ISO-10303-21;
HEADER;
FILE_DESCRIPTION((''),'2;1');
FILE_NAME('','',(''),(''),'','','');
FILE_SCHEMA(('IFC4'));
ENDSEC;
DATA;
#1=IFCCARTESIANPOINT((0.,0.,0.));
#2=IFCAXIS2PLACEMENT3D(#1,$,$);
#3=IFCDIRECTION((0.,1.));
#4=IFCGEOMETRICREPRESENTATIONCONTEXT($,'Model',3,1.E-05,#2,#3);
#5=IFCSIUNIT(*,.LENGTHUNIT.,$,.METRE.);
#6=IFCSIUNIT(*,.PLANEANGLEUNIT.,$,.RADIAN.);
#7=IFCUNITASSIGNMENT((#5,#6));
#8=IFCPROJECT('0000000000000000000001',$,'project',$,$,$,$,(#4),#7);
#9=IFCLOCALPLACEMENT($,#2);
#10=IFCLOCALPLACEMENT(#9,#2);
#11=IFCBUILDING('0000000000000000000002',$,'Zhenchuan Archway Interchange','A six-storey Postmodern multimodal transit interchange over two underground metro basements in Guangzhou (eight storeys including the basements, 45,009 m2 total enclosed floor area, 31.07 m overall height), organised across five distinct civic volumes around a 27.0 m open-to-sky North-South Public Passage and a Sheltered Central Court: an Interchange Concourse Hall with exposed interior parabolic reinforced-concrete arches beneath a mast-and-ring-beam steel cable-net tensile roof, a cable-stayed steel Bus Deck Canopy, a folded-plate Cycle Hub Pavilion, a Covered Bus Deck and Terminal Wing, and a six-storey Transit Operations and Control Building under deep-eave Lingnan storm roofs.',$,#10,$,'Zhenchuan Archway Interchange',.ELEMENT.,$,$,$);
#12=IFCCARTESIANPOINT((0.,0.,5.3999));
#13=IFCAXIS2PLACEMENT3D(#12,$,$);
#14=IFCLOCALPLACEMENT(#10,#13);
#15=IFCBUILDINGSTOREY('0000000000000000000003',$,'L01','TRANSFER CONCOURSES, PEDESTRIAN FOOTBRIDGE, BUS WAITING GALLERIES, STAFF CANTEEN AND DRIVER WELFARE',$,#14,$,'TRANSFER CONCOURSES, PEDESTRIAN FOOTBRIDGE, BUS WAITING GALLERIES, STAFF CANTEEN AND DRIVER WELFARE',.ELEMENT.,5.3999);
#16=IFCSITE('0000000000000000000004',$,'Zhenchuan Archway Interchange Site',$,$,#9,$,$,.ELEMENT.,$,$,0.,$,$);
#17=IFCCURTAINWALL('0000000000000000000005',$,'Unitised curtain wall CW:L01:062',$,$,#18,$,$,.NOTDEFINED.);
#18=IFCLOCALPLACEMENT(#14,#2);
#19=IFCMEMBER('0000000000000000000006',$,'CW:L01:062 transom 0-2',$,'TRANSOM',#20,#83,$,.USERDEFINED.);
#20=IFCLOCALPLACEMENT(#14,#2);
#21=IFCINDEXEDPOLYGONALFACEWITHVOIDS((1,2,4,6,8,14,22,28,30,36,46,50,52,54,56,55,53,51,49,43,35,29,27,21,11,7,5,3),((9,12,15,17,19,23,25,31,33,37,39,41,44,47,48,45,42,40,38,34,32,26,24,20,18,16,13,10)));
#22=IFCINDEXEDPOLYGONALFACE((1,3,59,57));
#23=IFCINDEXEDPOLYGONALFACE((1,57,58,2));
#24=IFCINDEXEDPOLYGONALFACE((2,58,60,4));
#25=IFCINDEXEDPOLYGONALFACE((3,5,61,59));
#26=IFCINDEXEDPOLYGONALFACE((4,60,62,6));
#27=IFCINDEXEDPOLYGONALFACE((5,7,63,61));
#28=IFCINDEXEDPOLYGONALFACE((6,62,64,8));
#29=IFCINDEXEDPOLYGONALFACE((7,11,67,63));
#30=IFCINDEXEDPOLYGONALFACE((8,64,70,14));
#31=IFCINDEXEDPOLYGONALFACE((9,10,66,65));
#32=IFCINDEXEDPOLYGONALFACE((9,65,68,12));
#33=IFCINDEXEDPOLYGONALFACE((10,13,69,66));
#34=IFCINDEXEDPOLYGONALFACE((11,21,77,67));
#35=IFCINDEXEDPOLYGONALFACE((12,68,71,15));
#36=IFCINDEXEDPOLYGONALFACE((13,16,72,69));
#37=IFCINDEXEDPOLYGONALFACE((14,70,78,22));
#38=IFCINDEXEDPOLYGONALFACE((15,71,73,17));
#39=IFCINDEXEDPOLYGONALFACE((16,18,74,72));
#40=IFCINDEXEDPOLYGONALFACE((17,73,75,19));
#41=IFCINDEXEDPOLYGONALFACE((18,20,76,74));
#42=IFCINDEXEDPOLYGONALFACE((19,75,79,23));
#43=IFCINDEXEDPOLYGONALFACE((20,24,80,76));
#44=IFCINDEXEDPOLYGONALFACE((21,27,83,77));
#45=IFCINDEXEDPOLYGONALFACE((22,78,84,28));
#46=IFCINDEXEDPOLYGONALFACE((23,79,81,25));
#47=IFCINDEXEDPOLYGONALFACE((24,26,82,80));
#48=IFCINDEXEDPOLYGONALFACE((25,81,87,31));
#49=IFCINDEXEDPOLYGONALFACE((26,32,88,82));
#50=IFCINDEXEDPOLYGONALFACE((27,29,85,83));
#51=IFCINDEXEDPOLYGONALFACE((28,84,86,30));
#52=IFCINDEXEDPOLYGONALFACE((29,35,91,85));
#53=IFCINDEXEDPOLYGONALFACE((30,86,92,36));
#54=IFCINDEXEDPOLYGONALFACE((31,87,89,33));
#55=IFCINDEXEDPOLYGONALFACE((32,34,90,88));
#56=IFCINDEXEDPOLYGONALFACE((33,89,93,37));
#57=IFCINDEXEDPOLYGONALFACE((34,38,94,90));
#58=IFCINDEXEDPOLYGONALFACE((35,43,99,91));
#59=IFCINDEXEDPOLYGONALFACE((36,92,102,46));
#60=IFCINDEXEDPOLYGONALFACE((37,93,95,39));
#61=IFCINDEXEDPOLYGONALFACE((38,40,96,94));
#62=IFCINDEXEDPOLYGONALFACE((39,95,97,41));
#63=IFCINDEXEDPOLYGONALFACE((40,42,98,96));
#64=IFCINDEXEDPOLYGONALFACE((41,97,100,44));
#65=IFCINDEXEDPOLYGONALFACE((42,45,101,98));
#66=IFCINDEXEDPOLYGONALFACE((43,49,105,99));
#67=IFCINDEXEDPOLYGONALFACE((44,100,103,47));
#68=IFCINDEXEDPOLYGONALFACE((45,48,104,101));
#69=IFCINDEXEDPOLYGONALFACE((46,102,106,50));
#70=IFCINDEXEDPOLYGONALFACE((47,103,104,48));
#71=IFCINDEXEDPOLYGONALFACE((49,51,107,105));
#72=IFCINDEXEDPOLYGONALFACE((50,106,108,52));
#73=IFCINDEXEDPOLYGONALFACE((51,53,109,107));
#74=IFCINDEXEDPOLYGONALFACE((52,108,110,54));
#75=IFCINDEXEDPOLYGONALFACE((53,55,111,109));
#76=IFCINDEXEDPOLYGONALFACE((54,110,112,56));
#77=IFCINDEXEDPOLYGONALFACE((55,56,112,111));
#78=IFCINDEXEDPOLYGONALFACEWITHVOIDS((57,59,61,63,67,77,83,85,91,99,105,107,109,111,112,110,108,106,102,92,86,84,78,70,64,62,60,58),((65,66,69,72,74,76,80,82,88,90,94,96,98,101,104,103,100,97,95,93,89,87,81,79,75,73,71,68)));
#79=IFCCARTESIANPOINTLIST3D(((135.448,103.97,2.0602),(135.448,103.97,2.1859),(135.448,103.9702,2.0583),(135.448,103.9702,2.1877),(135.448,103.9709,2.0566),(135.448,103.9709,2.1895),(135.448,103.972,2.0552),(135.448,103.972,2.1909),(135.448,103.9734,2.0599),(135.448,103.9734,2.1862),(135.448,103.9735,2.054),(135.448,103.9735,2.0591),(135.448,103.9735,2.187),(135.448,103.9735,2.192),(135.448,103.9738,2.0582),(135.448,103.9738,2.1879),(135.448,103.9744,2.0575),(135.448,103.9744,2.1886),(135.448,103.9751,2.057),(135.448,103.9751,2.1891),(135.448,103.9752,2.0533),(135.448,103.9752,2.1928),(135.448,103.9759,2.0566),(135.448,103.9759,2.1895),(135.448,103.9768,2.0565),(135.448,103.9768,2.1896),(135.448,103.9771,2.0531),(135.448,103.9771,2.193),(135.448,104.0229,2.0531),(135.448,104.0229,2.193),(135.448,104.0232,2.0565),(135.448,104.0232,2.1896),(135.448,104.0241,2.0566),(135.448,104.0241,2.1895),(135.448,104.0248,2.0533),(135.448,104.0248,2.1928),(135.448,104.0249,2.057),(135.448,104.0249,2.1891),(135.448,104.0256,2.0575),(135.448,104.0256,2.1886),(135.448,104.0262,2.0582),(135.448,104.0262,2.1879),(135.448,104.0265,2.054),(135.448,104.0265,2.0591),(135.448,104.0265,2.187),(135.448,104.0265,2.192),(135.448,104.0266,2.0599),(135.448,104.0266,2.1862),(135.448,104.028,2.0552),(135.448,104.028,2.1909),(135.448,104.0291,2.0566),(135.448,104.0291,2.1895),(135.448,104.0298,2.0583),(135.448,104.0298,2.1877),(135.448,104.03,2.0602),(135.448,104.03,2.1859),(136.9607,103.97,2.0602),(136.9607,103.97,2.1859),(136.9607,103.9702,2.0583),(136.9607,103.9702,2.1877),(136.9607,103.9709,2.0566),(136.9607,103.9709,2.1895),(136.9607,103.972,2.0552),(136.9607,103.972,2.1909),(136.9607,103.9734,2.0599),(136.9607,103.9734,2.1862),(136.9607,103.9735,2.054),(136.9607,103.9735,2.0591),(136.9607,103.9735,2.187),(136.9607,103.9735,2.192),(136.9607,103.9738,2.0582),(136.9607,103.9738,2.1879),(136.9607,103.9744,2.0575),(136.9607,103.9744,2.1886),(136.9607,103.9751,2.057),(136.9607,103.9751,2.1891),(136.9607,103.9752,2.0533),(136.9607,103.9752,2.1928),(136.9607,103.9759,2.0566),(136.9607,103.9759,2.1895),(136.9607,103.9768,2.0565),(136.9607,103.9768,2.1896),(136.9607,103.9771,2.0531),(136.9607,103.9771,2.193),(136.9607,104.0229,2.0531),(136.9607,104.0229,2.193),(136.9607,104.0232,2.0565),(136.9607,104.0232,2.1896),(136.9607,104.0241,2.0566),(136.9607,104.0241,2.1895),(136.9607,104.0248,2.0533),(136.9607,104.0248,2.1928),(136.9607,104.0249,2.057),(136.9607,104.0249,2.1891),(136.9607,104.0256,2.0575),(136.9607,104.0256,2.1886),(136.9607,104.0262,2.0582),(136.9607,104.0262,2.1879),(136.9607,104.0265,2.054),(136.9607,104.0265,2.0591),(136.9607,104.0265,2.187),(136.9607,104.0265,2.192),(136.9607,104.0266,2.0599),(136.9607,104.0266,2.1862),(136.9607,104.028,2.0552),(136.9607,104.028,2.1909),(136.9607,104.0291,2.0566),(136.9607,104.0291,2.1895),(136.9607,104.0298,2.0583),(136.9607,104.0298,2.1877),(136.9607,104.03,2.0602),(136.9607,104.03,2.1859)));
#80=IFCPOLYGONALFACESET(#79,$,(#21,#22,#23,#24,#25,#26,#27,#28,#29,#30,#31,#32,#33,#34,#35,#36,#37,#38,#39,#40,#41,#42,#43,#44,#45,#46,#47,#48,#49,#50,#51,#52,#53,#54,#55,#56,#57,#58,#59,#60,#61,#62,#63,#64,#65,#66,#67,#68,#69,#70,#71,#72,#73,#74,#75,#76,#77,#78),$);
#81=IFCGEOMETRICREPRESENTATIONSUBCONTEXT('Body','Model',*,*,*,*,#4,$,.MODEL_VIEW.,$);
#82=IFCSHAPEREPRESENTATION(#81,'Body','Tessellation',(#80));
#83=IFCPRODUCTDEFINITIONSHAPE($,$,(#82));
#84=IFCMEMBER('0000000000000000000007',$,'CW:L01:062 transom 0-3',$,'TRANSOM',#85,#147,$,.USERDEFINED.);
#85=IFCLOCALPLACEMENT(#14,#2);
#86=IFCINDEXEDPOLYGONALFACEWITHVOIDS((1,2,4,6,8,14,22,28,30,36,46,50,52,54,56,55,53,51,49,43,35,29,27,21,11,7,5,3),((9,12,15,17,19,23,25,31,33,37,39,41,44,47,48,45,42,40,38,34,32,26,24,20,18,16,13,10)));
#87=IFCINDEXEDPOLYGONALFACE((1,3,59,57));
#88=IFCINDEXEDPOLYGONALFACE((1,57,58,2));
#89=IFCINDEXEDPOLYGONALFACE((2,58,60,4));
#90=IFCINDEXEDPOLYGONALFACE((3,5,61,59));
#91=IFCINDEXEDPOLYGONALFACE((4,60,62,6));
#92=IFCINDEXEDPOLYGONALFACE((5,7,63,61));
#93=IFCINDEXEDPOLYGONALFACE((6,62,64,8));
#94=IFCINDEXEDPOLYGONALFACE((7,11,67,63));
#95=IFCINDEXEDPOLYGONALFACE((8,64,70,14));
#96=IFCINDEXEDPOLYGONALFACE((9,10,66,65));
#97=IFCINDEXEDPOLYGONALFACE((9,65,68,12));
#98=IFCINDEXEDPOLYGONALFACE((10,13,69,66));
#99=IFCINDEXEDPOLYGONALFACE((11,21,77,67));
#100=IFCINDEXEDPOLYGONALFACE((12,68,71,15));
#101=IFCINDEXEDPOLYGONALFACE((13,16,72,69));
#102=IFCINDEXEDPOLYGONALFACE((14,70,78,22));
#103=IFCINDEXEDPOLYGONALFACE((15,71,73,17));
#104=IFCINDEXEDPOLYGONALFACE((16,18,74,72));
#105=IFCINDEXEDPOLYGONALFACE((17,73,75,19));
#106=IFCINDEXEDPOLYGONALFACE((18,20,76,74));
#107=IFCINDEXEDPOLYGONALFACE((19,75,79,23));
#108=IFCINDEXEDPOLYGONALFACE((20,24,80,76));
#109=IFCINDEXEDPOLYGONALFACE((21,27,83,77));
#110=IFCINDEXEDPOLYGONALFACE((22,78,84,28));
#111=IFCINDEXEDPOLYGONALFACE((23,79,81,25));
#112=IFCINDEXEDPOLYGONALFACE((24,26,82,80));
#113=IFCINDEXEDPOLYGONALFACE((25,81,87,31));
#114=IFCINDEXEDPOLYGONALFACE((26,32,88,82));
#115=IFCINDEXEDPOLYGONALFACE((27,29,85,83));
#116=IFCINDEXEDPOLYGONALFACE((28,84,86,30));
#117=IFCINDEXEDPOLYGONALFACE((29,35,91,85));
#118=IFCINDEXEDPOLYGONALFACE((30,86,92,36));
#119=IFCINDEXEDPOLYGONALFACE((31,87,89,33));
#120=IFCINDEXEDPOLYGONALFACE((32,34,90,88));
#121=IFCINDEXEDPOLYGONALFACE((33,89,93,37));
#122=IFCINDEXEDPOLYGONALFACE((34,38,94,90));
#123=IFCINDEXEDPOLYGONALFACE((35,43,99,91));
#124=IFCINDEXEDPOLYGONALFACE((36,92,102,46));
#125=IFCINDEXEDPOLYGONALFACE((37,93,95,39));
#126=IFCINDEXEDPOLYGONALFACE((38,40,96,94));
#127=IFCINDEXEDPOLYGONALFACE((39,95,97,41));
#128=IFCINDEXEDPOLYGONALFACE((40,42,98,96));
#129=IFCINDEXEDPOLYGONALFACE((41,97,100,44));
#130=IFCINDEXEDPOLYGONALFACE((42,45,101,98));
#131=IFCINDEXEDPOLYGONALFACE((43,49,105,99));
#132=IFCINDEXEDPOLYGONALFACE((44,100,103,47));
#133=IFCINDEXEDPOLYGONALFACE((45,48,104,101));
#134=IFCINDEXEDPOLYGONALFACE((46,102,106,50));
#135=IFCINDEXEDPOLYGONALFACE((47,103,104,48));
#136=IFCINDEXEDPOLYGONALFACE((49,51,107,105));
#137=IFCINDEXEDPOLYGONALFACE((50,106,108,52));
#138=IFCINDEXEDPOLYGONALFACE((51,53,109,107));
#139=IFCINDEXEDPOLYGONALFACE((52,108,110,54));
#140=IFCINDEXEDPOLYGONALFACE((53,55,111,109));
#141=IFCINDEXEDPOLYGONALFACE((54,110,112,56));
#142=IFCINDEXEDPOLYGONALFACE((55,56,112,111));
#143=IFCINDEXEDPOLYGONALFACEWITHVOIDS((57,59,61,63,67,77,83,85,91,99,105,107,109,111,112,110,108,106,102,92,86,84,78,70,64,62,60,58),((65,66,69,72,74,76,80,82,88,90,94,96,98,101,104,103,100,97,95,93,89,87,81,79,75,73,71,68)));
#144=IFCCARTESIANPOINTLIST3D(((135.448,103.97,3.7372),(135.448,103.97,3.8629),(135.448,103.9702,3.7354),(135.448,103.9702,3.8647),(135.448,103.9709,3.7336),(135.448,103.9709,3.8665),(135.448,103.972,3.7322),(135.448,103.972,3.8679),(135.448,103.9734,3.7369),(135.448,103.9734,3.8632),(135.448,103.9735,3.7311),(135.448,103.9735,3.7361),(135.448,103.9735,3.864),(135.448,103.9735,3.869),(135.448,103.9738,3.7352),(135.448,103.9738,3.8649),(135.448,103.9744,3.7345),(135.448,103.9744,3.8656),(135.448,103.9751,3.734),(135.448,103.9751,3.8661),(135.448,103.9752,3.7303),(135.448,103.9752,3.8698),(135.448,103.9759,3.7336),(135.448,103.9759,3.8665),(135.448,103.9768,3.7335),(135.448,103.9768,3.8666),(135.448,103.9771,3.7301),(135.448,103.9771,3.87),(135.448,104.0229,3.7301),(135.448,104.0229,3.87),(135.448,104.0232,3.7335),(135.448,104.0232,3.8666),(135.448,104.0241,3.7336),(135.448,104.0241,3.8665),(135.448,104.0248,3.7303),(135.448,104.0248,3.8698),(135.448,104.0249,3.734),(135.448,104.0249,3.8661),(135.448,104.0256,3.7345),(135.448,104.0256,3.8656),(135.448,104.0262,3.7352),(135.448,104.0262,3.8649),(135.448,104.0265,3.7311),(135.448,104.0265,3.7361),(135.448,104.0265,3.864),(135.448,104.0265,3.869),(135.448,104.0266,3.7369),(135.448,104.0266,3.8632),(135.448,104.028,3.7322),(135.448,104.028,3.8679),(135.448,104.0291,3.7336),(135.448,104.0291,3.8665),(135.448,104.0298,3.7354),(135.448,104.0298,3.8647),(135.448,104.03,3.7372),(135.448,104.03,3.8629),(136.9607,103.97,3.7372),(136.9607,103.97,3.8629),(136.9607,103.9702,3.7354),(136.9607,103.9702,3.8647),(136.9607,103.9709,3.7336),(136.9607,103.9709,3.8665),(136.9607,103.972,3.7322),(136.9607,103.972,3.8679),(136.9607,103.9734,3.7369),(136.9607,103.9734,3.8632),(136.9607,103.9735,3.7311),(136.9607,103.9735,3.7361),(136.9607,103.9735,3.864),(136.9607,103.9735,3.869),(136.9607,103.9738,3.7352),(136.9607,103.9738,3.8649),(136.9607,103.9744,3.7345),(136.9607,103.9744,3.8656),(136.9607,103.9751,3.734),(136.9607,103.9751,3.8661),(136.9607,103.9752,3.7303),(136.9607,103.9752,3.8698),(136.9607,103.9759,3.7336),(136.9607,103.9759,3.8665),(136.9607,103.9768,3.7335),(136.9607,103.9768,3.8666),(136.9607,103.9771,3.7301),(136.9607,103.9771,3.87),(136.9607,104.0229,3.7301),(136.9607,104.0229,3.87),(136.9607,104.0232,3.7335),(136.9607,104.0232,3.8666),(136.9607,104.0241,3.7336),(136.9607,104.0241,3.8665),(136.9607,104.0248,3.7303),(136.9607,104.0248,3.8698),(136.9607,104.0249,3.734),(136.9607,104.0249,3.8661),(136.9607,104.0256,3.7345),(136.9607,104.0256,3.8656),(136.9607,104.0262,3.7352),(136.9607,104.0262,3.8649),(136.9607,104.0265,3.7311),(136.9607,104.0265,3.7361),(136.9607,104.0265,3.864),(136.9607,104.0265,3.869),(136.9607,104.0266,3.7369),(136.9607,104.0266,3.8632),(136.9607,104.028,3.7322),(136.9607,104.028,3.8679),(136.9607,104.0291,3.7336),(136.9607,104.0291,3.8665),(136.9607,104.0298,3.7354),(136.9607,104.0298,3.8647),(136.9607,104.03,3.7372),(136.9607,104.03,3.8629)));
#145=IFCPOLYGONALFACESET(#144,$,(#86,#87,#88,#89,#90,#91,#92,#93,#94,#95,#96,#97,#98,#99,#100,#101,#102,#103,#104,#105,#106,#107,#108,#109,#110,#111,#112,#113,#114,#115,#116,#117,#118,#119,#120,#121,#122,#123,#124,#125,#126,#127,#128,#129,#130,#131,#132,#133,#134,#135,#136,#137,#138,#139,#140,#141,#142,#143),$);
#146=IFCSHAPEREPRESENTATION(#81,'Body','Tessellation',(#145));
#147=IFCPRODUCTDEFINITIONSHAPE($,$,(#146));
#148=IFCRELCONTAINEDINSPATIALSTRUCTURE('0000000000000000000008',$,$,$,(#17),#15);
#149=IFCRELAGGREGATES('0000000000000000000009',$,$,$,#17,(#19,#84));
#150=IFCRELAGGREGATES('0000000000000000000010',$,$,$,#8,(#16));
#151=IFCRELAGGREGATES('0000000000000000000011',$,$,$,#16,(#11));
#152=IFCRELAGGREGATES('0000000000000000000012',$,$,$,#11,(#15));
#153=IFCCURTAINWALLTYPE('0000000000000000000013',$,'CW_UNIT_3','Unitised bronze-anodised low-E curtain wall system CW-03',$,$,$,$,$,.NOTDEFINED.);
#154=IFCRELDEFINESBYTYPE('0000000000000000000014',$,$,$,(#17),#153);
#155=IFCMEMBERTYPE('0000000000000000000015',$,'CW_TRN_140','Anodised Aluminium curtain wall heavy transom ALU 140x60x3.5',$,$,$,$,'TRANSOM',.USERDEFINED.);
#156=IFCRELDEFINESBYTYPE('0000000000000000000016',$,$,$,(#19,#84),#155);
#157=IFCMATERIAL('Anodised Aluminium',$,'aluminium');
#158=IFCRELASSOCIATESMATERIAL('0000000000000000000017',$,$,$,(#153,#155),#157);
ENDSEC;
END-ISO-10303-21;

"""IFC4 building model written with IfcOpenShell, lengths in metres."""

from ifc_helpers import new_model, si_unit, direction, frame, origin, origin_2d, place, context, subcontext, project, spatial, hollow_rectangle, extrude, material, material_profile, profile_set, type_object, element, aggregate, save


model = new_model("IFC4")

# Units and contexts
model_context = context("Model", 3, precision=1e-05, world=origin(), true_north=direction((0.0, 1.0)))
body_context = subcontext(model_context, "Body", "Model", "MODEL_VIEW")
ifc_project = project(units=[si_unit("LENGTHUNIT", "METRE"), si_unit("PLANEANGLEUNIT", "RADIAN")], contexts=[model_context])

# Site, building, storey
site_placement = place(None, origin())
site = spatial("IfcSite", under=ifc_project, at=site_placement, Name="Zhenchuan Archway Interchange Site", CompositionType="ELEMENT", RefElevation=0.0)
building_placement = place(site_placement, origin())
building = spatial("IfcBuilding", under=site, at=building_placement, Name="Zhenchuan Archway Interchange", Description="A six-storey Postmodern multimodal transit interchange over two underground metro basements in Guangzhou (eight storeys including the basements, 45,009 m2 total enclosed floor area, 31.07 m overall height), organised across five distinct civic volumes around a 27.0 m open-to-sky North-South Public Passage and a Sheltered Central Court: an Interchange Concourse Hall with exposed interior parabolic reinforced-concrete arches beneath a mast-and-ring-beam steel cable-net tensile roof, a cable-stayed steel Bus Deck Canopy, a folded-plate Cycle Hub Pavilion, a Covered Bus Deck and Terminal Wing, and a six-storey Transit Operations and Control Building under deep-eave Lingnan storm roofs.", LongName="Zhenchuan Archway Interchange", CompositionType="ELEMENT")
storey_placement = place(building_placement, frame((0.0, 0.0, 5.3999)))
storey = spatial("IfcBuildingStorey", under=building, at=storey_placement, Name="L01", Description="TRANSFER CONCOURSES, PEDESTRIAN FOOTBRIDGE, BUS WAITING GALLERIES, STAFF CANTEEN AND DRIVER WELFARE", LongName="TRANSFER CONCOURSES, PEDESTRIAN FOOTBRIDGE, BUS WAITING GALLERIES, STAFF CANTEEN AND DRIVER WELFARE", CompositionType="ELEMENT", Elevation=5.3999)

# Curtain wall
ifc_material_1 = material(Name="Anodised Aluminium", Category="aluminium")
curtain_wall_type_1 = type_object("IfcCurtainWallType", Name="CW_UNIT_3", Description="Unitised bronze-anodised low-E curtain wall system CW-03", PredefinedType="NOTDEFINED", material=ifc_material_1)
curtain_wall_1_placement = place(storey_placement, origin())
curtain_wall_1 = element("IfcCurtainWall", 1, at=curtain_wall_1_placement, inside=storey, type_object=curtain_wall_type_1, Name="Unitised curtain wall CW:L01:062", PredefinedType="NOTDEFINED")

# Members
ifc_material_profile_1 = material_profile(ifc_material_1, hollow_rectangle(XDim=0.0601, YDim=0.1399, WallThickness=0.0034, InnerFilletRadius=0.0034, OuterFilletRadius=0.0071, at=origin_2d()), Name="ALU 140x60x3.5")
ifc_profile_set_1 = profile_set([ifc_material_profile_1], Name="Anodised Aluminium")
member_type_1 = type_object("IfcMemberType", Name="CW_TRN_140", Description="Anodised Aluminium curtain wall heavy transom ALU 140x60x3.5", ElementType="TRANSOM", PredefinedType="USERDEFINED", material=ifc_profile_set_1)
member_1_placement = place(storey_placement, frame((135.448, 104.0, 2.123), z_axis=(1.0, 0.0, 0.0), x_axis=(0.0, 1.0, 0.0)))
member_1 = element("IfcMember", 2, at=member_1_placement, type_object=member_type_1, Name="CW:L01:062 transom 0-2", ObjectType="TRANSOM", PredefinedType="USERDEFINED", context=body_context, shape_type="SweptSolid", body=[
    extrude(hollow_rectangle(XDim=0.0601, YDim=0.1399, WallThickness=0.0034, InnerFilletRadius=0.0034, OuterFilletRadius=0.0071, at=origin_2d()), origin(), (0.0, 0.0, 1.0), 1.5127),
])
member_2_placement = place(storey_placement, frame((135.448, 104.0, 3.8), z_axis=(1.0, 0.0, 0.0), x_axis=(0.0, 1.0, 0.0)))
member_2 = element("IfcMember", 3, at=member_2_placement, type_object=member_type_1, Name="CW:L01:062 transom 0-3", ObjectType="TRANSOM", PredefinedType="USERDEFINED", context=body_context, shape_type="SweptSolid", body=[
    extrude(hollow_rectangle(XDim=0.0601, YDim=0.1399, WallThickness=0.0034, InnerFilletRadius=0.0034, OuterFilletRadius=0.0071, at=origin_2d()), origin(), (0.0, 0.0, 1.0), 1.5127),
])

aggregate(curtain_wall_1, [member_1, member_2])

save(model, "model.ifc")
